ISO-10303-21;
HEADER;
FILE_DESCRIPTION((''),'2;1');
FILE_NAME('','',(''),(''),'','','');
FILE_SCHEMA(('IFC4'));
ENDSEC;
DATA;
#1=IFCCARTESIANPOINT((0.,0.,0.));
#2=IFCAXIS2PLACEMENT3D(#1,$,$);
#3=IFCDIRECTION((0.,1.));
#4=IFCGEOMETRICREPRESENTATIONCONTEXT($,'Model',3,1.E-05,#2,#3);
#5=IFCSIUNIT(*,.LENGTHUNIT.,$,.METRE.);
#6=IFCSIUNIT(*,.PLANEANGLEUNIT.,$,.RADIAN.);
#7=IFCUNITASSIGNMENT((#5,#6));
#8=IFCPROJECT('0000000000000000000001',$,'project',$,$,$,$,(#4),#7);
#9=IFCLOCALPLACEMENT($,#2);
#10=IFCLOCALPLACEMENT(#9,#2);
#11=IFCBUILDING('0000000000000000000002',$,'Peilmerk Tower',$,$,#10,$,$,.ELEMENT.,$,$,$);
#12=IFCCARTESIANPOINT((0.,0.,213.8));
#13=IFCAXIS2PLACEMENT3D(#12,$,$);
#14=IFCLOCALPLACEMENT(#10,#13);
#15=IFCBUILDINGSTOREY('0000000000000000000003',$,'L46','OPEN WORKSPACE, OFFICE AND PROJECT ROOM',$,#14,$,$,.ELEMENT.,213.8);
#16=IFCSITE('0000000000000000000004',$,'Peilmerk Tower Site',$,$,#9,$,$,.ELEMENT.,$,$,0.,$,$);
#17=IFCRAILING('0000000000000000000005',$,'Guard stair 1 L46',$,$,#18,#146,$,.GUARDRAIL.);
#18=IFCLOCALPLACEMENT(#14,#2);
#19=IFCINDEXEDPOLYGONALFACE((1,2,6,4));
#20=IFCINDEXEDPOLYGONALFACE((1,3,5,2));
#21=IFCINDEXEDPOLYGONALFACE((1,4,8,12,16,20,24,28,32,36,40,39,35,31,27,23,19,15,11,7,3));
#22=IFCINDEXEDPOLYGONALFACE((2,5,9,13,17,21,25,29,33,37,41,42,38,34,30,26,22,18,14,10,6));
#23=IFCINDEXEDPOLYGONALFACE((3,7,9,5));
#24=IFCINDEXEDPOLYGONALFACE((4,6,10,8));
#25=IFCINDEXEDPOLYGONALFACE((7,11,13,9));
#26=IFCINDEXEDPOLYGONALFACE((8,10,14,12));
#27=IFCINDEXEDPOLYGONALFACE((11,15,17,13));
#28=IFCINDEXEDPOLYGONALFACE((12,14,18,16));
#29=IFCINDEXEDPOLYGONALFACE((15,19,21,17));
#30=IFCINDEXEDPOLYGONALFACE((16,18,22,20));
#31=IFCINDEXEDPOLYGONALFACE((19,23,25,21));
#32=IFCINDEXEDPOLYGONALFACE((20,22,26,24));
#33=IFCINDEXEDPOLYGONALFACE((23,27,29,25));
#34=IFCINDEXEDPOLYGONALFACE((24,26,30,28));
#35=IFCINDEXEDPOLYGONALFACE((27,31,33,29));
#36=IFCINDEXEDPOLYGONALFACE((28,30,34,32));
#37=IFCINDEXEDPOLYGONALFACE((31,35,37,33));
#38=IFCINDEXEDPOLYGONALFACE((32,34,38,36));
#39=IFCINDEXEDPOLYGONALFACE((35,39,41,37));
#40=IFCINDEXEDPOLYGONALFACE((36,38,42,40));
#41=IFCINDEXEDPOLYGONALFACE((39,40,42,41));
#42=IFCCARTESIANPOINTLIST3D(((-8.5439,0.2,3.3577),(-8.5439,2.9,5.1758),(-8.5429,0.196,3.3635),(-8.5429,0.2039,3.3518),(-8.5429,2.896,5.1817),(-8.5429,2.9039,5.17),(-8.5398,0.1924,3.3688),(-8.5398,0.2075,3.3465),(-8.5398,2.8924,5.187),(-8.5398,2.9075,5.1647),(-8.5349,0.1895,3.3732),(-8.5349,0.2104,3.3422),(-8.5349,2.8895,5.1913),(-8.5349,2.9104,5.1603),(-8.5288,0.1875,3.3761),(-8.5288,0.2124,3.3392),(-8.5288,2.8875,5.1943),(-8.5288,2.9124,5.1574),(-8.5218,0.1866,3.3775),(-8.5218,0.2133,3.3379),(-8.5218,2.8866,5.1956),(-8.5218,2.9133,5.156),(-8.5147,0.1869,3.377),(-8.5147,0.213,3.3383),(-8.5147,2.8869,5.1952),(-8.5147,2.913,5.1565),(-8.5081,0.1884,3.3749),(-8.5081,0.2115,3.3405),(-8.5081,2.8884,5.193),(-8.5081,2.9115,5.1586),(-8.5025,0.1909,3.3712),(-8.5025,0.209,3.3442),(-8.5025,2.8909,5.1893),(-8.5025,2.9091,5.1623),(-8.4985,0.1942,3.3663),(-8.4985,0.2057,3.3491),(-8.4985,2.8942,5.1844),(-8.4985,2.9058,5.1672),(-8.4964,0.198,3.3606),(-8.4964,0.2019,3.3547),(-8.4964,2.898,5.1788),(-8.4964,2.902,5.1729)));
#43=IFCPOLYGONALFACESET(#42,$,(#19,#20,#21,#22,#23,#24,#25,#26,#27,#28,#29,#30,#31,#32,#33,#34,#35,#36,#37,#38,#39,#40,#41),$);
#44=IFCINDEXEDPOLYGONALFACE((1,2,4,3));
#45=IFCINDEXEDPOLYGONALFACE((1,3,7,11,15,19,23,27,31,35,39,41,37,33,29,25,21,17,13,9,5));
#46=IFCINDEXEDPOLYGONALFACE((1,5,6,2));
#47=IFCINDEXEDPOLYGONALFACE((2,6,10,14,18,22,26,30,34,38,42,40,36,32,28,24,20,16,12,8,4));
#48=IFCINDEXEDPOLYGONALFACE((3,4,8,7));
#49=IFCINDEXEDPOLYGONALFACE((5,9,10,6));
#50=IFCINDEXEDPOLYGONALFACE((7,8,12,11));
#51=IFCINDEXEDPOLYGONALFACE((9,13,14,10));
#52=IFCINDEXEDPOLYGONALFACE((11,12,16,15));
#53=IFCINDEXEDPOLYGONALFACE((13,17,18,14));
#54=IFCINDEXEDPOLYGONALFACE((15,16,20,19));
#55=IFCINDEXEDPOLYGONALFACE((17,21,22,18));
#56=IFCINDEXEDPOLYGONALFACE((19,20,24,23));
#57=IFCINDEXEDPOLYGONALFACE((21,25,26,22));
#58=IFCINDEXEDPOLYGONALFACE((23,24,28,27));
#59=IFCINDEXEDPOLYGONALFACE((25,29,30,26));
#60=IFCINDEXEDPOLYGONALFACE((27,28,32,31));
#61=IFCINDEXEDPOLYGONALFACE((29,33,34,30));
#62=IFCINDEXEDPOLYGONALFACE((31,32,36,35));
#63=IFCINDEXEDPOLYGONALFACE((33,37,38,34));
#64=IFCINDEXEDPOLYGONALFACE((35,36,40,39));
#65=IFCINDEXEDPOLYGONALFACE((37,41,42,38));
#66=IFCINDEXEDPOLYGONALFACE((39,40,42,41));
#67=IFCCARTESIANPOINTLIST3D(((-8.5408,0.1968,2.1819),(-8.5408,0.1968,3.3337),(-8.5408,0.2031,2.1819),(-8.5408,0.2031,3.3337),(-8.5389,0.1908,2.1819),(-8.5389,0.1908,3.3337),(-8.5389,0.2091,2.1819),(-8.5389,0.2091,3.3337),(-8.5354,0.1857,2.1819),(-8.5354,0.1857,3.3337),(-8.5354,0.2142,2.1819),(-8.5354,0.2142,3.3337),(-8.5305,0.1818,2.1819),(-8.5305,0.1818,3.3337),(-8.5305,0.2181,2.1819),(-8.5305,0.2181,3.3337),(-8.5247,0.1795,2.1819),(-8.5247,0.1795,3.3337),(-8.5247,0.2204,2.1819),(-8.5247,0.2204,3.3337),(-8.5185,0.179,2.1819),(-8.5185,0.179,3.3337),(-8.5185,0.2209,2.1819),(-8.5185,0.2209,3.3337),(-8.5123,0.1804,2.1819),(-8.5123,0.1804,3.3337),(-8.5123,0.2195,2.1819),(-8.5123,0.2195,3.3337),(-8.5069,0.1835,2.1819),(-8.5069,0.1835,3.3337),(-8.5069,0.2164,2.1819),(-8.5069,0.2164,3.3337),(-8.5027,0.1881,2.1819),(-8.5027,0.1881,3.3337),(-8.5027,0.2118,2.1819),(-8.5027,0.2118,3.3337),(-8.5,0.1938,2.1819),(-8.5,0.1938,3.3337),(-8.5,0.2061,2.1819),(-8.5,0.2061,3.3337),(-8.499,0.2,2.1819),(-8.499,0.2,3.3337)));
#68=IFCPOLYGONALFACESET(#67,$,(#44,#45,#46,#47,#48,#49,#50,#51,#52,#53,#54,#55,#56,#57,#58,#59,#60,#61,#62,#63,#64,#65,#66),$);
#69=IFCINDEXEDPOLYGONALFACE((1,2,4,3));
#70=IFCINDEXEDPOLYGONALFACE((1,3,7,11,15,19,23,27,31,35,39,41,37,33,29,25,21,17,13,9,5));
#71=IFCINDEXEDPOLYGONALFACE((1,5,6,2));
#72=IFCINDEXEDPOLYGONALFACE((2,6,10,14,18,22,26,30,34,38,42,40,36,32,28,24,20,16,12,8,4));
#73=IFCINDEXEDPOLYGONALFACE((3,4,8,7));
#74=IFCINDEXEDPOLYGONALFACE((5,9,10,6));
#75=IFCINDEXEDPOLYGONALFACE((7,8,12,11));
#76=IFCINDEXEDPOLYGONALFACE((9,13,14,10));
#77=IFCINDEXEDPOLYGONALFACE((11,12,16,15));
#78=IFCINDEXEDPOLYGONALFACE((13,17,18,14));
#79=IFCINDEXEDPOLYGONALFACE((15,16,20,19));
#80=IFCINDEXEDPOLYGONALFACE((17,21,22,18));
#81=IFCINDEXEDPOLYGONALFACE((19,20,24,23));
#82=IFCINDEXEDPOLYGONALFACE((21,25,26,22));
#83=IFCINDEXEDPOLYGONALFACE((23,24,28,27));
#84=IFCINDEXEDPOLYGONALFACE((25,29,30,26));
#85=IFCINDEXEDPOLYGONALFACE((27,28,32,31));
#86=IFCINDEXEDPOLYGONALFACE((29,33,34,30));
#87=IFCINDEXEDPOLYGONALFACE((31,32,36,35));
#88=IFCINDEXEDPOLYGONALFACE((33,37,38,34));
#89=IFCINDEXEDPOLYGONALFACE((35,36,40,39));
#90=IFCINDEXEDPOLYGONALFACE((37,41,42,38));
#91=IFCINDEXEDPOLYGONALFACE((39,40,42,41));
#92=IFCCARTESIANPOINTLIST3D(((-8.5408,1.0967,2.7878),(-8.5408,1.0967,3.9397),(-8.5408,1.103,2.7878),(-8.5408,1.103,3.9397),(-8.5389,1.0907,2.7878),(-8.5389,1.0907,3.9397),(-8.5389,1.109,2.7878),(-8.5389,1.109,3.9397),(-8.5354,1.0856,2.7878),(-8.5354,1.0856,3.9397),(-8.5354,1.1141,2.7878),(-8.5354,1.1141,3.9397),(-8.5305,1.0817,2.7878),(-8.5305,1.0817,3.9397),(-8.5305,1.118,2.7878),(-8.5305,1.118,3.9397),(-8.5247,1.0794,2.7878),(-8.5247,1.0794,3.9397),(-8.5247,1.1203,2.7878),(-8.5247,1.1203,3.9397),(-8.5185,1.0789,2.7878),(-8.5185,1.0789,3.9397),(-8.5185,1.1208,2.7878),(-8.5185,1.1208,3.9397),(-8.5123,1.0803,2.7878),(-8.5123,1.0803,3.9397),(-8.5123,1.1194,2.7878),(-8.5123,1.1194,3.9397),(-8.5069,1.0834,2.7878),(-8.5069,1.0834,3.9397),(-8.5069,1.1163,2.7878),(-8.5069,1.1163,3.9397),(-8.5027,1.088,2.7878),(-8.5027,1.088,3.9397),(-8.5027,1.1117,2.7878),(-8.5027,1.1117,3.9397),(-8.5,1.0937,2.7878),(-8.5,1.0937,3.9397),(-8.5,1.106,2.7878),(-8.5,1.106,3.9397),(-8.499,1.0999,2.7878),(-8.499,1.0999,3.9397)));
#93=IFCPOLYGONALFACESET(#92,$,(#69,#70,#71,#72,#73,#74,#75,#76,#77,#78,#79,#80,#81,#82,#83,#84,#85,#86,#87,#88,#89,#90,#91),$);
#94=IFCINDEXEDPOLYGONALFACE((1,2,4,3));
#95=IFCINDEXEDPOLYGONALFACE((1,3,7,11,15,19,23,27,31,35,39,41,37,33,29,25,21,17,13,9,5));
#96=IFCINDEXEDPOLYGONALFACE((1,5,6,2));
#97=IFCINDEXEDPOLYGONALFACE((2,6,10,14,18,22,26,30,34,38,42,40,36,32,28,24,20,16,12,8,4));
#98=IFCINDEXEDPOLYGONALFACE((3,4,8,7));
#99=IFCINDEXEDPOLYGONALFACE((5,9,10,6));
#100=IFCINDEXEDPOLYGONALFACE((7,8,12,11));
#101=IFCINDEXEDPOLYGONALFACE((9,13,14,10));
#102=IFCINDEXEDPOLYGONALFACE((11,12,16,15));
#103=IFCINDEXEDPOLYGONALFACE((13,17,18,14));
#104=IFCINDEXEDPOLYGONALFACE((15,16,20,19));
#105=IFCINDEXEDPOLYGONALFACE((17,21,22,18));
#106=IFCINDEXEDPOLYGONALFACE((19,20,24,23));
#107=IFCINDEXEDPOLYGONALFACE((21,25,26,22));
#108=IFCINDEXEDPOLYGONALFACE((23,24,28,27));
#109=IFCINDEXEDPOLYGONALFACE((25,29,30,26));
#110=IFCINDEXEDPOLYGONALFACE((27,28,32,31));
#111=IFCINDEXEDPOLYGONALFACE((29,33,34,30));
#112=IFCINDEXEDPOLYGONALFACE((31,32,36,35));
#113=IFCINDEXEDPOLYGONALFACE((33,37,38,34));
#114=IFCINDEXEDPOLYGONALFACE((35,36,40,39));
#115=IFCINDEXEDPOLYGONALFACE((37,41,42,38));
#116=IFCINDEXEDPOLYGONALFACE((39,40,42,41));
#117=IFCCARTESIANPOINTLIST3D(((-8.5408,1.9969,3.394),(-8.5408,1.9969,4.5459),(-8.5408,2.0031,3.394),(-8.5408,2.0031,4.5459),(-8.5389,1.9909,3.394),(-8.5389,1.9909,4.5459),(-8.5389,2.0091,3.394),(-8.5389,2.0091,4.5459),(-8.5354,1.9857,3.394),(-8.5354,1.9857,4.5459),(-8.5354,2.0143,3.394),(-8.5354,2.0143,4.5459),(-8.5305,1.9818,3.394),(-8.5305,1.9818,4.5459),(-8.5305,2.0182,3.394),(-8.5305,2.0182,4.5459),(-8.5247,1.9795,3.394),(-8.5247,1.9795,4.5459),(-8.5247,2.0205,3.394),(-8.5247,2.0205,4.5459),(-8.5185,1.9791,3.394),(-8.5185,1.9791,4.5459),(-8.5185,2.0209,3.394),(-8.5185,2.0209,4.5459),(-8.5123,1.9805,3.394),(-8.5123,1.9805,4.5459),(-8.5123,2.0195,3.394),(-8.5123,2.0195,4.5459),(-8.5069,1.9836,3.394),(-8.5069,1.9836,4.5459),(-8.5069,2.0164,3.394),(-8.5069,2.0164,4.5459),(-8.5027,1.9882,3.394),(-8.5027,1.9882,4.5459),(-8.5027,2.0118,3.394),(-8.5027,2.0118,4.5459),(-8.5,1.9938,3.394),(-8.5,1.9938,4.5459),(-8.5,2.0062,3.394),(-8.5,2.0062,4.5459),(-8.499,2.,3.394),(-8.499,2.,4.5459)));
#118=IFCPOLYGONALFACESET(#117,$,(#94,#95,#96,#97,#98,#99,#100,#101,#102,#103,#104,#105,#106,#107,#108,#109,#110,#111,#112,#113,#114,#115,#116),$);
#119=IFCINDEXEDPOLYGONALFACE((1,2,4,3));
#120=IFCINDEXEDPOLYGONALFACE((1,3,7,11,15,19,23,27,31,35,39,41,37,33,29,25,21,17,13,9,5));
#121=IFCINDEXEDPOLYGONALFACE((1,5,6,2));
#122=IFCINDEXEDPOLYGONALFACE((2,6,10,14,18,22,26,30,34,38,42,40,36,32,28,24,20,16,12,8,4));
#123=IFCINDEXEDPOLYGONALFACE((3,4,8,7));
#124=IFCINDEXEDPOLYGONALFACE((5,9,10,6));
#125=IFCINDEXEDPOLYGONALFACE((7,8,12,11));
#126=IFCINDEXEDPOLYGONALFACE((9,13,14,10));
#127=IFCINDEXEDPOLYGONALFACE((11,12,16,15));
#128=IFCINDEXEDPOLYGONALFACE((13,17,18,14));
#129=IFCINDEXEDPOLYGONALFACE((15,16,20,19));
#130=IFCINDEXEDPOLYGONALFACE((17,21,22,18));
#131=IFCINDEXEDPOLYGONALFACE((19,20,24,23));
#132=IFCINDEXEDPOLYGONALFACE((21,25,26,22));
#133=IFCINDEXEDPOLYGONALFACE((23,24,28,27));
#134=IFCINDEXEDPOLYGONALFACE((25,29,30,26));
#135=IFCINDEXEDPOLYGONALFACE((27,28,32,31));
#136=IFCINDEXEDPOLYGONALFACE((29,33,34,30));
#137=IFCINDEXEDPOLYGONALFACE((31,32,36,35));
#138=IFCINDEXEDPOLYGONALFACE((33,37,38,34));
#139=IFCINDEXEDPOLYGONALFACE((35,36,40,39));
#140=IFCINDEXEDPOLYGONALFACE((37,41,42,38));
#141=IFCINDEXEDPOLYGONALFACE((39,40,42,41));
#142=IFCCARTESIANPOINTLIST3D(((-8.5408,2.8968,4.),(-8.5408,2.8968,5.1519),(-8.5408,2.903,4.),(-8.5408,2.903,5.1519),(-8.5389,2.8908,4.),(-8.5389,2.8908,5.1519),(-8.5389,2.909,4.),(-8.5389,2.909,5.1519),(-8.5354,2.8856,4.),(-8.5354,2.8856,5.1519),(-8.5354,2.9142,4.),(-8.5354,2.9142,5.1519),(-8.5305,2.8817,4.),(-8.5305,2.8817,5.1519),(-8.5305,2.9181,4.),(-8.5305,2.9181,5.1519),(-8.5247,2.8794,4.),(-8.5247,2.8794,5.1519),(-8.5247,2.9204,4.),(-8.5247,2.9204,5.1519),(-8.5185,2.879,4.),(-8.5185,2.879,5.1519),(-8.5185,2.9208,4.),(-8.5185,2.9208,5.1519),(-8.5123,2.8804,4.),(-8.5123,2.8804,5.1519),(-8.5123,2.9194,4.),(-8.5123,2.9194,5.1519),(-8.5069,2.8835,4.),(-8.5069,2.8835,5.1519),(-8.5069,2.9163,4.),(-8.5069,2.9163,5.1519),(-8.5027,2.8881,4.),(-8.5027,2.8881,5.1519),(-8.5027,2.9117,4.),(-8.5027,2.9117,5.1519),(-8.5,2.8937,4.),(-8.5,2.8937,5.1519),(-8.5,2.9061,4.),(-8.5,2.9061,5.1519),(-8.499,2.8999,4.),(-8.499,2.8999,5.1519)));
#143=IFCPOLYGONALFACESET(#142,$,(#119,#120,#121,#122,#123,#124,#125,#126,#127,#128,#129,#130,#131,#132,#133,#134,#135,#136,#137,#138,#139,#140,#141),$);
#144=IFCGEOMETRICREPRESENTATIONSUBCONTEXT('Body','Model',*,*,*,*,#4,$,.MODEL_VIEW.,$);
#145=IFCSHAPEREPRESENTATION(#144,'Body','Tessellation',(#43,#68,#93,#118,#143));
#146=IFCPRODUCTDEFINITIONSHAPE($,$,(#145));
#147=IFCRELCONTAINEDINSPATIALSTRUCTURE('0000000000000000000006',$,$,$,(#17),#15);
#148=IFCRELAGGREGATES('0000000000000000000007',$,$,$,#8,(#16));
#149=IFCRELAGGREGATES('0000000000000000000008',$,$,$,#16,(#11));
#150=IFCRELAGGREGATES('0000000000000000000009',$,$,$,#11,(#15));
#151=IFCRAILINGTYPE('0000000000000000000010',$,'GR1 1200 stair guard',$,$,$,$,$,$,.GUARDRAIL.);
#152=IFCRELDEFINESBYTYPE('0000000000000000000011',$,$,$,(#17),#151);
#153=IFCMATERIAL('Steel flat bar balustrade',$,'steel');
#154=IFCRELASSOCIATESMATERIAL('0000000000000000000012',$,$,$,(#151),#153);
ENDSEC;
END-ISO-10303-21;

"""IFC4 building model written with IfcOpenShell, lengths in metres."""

from ifc_helpers import new_model, si_unit, direction, frame, origin, origin_2d, place, context, subcontext, project, spatial, circle, extrude, material, type_object, element, save


model = new_model("IFC4")

# Units and contexts
model_context = context("Model", 3, precision=1e-05, world=origin(), true_north=direction((0.0, 1.0)))
body_context = subcontext(model_context, "Body", "Model", "MODEL_VIEW")
ifc_project = project(units=[si_unit("LENGTHUNIT", "METRE"), si_unit("PLANEANGLEUNIT", "RADIAN")], contexts=[model_context])

# Site, building, storey
site_placement = place(None, origin())
site = spatial("IfcSite", under=ifc_project, at=site_placement, Name="Peilmerk Tower Site", CompositionType="ELEMENT", RefElevation=0.0)
building_placement = place(site_placement, origin())
building = spatial("IfcBuilding", under=site, at=building_placement, Name="Peilmerk Tower", CompositionType="ELEMENT")
storey_placement = place(building_placement, frame((0.0, 0.0, 213.8)))
storey = spatial("IfcBuildingStorey", under=building, at=storey_placement, Name="L46", Description="OPEN WORKSPACE, OFFICE AND PROJECT ROOM", CompositionType="ELEMENT", Elevation=213.8)

# Railing
ifc_material_1 = material(Name="Steel flat bar balustrade", Category="steel")
railing_type_1 = type_object("IfcRailingType", Name="GR1 1200 stair guard", PredefinedType="GUARDRAIL", material=ifc_material_1)
railing_1_placement = place(storey_placement, frame((-8.52, 0.2, 2.1819)))
element("IfcRailing", 1, at=railing_1_placement, inside=storey, type_object=railing_type_1, Name="Guard stair 1 L46", PredefinedType="GUARDRAIL", context=body_context, shape_type="SweptSolid", body=[
    extrude(circle(Radius=0.0239, at=origin_2d()), frame((0.0, 0.0, 1.1758), z_axis=(0.0, 0.829468, 0.558554), x_axis=(-1.0, 0.0, 0.0)), (0.0, 0.0, 1.0), 3.2551),
    extrude(circle(Radius=0.021, at=origin_2d()), origin(), (0.0, 0.0, 1.0), 1.1519),
    extrude(circle(Radius=0.021, at=origin_2d()), frame((0.0, 0.8999, 0.606)), (0.0, 0.0, 1.0), 1.1519),
    extrude(circle(Radius=0.021, at=origin_2d()), frame((0.0, 1.8, 1.2122)), (0.0, 0.0, 1.0), 1.1519),
    extrude(circle(Radius=0.021, at=origin_2d()), frame((0.0, 2.7, 1.8181)), (0.0, 0.0, 1.0), 1.1519),
])

save(model, "model.ifc")
